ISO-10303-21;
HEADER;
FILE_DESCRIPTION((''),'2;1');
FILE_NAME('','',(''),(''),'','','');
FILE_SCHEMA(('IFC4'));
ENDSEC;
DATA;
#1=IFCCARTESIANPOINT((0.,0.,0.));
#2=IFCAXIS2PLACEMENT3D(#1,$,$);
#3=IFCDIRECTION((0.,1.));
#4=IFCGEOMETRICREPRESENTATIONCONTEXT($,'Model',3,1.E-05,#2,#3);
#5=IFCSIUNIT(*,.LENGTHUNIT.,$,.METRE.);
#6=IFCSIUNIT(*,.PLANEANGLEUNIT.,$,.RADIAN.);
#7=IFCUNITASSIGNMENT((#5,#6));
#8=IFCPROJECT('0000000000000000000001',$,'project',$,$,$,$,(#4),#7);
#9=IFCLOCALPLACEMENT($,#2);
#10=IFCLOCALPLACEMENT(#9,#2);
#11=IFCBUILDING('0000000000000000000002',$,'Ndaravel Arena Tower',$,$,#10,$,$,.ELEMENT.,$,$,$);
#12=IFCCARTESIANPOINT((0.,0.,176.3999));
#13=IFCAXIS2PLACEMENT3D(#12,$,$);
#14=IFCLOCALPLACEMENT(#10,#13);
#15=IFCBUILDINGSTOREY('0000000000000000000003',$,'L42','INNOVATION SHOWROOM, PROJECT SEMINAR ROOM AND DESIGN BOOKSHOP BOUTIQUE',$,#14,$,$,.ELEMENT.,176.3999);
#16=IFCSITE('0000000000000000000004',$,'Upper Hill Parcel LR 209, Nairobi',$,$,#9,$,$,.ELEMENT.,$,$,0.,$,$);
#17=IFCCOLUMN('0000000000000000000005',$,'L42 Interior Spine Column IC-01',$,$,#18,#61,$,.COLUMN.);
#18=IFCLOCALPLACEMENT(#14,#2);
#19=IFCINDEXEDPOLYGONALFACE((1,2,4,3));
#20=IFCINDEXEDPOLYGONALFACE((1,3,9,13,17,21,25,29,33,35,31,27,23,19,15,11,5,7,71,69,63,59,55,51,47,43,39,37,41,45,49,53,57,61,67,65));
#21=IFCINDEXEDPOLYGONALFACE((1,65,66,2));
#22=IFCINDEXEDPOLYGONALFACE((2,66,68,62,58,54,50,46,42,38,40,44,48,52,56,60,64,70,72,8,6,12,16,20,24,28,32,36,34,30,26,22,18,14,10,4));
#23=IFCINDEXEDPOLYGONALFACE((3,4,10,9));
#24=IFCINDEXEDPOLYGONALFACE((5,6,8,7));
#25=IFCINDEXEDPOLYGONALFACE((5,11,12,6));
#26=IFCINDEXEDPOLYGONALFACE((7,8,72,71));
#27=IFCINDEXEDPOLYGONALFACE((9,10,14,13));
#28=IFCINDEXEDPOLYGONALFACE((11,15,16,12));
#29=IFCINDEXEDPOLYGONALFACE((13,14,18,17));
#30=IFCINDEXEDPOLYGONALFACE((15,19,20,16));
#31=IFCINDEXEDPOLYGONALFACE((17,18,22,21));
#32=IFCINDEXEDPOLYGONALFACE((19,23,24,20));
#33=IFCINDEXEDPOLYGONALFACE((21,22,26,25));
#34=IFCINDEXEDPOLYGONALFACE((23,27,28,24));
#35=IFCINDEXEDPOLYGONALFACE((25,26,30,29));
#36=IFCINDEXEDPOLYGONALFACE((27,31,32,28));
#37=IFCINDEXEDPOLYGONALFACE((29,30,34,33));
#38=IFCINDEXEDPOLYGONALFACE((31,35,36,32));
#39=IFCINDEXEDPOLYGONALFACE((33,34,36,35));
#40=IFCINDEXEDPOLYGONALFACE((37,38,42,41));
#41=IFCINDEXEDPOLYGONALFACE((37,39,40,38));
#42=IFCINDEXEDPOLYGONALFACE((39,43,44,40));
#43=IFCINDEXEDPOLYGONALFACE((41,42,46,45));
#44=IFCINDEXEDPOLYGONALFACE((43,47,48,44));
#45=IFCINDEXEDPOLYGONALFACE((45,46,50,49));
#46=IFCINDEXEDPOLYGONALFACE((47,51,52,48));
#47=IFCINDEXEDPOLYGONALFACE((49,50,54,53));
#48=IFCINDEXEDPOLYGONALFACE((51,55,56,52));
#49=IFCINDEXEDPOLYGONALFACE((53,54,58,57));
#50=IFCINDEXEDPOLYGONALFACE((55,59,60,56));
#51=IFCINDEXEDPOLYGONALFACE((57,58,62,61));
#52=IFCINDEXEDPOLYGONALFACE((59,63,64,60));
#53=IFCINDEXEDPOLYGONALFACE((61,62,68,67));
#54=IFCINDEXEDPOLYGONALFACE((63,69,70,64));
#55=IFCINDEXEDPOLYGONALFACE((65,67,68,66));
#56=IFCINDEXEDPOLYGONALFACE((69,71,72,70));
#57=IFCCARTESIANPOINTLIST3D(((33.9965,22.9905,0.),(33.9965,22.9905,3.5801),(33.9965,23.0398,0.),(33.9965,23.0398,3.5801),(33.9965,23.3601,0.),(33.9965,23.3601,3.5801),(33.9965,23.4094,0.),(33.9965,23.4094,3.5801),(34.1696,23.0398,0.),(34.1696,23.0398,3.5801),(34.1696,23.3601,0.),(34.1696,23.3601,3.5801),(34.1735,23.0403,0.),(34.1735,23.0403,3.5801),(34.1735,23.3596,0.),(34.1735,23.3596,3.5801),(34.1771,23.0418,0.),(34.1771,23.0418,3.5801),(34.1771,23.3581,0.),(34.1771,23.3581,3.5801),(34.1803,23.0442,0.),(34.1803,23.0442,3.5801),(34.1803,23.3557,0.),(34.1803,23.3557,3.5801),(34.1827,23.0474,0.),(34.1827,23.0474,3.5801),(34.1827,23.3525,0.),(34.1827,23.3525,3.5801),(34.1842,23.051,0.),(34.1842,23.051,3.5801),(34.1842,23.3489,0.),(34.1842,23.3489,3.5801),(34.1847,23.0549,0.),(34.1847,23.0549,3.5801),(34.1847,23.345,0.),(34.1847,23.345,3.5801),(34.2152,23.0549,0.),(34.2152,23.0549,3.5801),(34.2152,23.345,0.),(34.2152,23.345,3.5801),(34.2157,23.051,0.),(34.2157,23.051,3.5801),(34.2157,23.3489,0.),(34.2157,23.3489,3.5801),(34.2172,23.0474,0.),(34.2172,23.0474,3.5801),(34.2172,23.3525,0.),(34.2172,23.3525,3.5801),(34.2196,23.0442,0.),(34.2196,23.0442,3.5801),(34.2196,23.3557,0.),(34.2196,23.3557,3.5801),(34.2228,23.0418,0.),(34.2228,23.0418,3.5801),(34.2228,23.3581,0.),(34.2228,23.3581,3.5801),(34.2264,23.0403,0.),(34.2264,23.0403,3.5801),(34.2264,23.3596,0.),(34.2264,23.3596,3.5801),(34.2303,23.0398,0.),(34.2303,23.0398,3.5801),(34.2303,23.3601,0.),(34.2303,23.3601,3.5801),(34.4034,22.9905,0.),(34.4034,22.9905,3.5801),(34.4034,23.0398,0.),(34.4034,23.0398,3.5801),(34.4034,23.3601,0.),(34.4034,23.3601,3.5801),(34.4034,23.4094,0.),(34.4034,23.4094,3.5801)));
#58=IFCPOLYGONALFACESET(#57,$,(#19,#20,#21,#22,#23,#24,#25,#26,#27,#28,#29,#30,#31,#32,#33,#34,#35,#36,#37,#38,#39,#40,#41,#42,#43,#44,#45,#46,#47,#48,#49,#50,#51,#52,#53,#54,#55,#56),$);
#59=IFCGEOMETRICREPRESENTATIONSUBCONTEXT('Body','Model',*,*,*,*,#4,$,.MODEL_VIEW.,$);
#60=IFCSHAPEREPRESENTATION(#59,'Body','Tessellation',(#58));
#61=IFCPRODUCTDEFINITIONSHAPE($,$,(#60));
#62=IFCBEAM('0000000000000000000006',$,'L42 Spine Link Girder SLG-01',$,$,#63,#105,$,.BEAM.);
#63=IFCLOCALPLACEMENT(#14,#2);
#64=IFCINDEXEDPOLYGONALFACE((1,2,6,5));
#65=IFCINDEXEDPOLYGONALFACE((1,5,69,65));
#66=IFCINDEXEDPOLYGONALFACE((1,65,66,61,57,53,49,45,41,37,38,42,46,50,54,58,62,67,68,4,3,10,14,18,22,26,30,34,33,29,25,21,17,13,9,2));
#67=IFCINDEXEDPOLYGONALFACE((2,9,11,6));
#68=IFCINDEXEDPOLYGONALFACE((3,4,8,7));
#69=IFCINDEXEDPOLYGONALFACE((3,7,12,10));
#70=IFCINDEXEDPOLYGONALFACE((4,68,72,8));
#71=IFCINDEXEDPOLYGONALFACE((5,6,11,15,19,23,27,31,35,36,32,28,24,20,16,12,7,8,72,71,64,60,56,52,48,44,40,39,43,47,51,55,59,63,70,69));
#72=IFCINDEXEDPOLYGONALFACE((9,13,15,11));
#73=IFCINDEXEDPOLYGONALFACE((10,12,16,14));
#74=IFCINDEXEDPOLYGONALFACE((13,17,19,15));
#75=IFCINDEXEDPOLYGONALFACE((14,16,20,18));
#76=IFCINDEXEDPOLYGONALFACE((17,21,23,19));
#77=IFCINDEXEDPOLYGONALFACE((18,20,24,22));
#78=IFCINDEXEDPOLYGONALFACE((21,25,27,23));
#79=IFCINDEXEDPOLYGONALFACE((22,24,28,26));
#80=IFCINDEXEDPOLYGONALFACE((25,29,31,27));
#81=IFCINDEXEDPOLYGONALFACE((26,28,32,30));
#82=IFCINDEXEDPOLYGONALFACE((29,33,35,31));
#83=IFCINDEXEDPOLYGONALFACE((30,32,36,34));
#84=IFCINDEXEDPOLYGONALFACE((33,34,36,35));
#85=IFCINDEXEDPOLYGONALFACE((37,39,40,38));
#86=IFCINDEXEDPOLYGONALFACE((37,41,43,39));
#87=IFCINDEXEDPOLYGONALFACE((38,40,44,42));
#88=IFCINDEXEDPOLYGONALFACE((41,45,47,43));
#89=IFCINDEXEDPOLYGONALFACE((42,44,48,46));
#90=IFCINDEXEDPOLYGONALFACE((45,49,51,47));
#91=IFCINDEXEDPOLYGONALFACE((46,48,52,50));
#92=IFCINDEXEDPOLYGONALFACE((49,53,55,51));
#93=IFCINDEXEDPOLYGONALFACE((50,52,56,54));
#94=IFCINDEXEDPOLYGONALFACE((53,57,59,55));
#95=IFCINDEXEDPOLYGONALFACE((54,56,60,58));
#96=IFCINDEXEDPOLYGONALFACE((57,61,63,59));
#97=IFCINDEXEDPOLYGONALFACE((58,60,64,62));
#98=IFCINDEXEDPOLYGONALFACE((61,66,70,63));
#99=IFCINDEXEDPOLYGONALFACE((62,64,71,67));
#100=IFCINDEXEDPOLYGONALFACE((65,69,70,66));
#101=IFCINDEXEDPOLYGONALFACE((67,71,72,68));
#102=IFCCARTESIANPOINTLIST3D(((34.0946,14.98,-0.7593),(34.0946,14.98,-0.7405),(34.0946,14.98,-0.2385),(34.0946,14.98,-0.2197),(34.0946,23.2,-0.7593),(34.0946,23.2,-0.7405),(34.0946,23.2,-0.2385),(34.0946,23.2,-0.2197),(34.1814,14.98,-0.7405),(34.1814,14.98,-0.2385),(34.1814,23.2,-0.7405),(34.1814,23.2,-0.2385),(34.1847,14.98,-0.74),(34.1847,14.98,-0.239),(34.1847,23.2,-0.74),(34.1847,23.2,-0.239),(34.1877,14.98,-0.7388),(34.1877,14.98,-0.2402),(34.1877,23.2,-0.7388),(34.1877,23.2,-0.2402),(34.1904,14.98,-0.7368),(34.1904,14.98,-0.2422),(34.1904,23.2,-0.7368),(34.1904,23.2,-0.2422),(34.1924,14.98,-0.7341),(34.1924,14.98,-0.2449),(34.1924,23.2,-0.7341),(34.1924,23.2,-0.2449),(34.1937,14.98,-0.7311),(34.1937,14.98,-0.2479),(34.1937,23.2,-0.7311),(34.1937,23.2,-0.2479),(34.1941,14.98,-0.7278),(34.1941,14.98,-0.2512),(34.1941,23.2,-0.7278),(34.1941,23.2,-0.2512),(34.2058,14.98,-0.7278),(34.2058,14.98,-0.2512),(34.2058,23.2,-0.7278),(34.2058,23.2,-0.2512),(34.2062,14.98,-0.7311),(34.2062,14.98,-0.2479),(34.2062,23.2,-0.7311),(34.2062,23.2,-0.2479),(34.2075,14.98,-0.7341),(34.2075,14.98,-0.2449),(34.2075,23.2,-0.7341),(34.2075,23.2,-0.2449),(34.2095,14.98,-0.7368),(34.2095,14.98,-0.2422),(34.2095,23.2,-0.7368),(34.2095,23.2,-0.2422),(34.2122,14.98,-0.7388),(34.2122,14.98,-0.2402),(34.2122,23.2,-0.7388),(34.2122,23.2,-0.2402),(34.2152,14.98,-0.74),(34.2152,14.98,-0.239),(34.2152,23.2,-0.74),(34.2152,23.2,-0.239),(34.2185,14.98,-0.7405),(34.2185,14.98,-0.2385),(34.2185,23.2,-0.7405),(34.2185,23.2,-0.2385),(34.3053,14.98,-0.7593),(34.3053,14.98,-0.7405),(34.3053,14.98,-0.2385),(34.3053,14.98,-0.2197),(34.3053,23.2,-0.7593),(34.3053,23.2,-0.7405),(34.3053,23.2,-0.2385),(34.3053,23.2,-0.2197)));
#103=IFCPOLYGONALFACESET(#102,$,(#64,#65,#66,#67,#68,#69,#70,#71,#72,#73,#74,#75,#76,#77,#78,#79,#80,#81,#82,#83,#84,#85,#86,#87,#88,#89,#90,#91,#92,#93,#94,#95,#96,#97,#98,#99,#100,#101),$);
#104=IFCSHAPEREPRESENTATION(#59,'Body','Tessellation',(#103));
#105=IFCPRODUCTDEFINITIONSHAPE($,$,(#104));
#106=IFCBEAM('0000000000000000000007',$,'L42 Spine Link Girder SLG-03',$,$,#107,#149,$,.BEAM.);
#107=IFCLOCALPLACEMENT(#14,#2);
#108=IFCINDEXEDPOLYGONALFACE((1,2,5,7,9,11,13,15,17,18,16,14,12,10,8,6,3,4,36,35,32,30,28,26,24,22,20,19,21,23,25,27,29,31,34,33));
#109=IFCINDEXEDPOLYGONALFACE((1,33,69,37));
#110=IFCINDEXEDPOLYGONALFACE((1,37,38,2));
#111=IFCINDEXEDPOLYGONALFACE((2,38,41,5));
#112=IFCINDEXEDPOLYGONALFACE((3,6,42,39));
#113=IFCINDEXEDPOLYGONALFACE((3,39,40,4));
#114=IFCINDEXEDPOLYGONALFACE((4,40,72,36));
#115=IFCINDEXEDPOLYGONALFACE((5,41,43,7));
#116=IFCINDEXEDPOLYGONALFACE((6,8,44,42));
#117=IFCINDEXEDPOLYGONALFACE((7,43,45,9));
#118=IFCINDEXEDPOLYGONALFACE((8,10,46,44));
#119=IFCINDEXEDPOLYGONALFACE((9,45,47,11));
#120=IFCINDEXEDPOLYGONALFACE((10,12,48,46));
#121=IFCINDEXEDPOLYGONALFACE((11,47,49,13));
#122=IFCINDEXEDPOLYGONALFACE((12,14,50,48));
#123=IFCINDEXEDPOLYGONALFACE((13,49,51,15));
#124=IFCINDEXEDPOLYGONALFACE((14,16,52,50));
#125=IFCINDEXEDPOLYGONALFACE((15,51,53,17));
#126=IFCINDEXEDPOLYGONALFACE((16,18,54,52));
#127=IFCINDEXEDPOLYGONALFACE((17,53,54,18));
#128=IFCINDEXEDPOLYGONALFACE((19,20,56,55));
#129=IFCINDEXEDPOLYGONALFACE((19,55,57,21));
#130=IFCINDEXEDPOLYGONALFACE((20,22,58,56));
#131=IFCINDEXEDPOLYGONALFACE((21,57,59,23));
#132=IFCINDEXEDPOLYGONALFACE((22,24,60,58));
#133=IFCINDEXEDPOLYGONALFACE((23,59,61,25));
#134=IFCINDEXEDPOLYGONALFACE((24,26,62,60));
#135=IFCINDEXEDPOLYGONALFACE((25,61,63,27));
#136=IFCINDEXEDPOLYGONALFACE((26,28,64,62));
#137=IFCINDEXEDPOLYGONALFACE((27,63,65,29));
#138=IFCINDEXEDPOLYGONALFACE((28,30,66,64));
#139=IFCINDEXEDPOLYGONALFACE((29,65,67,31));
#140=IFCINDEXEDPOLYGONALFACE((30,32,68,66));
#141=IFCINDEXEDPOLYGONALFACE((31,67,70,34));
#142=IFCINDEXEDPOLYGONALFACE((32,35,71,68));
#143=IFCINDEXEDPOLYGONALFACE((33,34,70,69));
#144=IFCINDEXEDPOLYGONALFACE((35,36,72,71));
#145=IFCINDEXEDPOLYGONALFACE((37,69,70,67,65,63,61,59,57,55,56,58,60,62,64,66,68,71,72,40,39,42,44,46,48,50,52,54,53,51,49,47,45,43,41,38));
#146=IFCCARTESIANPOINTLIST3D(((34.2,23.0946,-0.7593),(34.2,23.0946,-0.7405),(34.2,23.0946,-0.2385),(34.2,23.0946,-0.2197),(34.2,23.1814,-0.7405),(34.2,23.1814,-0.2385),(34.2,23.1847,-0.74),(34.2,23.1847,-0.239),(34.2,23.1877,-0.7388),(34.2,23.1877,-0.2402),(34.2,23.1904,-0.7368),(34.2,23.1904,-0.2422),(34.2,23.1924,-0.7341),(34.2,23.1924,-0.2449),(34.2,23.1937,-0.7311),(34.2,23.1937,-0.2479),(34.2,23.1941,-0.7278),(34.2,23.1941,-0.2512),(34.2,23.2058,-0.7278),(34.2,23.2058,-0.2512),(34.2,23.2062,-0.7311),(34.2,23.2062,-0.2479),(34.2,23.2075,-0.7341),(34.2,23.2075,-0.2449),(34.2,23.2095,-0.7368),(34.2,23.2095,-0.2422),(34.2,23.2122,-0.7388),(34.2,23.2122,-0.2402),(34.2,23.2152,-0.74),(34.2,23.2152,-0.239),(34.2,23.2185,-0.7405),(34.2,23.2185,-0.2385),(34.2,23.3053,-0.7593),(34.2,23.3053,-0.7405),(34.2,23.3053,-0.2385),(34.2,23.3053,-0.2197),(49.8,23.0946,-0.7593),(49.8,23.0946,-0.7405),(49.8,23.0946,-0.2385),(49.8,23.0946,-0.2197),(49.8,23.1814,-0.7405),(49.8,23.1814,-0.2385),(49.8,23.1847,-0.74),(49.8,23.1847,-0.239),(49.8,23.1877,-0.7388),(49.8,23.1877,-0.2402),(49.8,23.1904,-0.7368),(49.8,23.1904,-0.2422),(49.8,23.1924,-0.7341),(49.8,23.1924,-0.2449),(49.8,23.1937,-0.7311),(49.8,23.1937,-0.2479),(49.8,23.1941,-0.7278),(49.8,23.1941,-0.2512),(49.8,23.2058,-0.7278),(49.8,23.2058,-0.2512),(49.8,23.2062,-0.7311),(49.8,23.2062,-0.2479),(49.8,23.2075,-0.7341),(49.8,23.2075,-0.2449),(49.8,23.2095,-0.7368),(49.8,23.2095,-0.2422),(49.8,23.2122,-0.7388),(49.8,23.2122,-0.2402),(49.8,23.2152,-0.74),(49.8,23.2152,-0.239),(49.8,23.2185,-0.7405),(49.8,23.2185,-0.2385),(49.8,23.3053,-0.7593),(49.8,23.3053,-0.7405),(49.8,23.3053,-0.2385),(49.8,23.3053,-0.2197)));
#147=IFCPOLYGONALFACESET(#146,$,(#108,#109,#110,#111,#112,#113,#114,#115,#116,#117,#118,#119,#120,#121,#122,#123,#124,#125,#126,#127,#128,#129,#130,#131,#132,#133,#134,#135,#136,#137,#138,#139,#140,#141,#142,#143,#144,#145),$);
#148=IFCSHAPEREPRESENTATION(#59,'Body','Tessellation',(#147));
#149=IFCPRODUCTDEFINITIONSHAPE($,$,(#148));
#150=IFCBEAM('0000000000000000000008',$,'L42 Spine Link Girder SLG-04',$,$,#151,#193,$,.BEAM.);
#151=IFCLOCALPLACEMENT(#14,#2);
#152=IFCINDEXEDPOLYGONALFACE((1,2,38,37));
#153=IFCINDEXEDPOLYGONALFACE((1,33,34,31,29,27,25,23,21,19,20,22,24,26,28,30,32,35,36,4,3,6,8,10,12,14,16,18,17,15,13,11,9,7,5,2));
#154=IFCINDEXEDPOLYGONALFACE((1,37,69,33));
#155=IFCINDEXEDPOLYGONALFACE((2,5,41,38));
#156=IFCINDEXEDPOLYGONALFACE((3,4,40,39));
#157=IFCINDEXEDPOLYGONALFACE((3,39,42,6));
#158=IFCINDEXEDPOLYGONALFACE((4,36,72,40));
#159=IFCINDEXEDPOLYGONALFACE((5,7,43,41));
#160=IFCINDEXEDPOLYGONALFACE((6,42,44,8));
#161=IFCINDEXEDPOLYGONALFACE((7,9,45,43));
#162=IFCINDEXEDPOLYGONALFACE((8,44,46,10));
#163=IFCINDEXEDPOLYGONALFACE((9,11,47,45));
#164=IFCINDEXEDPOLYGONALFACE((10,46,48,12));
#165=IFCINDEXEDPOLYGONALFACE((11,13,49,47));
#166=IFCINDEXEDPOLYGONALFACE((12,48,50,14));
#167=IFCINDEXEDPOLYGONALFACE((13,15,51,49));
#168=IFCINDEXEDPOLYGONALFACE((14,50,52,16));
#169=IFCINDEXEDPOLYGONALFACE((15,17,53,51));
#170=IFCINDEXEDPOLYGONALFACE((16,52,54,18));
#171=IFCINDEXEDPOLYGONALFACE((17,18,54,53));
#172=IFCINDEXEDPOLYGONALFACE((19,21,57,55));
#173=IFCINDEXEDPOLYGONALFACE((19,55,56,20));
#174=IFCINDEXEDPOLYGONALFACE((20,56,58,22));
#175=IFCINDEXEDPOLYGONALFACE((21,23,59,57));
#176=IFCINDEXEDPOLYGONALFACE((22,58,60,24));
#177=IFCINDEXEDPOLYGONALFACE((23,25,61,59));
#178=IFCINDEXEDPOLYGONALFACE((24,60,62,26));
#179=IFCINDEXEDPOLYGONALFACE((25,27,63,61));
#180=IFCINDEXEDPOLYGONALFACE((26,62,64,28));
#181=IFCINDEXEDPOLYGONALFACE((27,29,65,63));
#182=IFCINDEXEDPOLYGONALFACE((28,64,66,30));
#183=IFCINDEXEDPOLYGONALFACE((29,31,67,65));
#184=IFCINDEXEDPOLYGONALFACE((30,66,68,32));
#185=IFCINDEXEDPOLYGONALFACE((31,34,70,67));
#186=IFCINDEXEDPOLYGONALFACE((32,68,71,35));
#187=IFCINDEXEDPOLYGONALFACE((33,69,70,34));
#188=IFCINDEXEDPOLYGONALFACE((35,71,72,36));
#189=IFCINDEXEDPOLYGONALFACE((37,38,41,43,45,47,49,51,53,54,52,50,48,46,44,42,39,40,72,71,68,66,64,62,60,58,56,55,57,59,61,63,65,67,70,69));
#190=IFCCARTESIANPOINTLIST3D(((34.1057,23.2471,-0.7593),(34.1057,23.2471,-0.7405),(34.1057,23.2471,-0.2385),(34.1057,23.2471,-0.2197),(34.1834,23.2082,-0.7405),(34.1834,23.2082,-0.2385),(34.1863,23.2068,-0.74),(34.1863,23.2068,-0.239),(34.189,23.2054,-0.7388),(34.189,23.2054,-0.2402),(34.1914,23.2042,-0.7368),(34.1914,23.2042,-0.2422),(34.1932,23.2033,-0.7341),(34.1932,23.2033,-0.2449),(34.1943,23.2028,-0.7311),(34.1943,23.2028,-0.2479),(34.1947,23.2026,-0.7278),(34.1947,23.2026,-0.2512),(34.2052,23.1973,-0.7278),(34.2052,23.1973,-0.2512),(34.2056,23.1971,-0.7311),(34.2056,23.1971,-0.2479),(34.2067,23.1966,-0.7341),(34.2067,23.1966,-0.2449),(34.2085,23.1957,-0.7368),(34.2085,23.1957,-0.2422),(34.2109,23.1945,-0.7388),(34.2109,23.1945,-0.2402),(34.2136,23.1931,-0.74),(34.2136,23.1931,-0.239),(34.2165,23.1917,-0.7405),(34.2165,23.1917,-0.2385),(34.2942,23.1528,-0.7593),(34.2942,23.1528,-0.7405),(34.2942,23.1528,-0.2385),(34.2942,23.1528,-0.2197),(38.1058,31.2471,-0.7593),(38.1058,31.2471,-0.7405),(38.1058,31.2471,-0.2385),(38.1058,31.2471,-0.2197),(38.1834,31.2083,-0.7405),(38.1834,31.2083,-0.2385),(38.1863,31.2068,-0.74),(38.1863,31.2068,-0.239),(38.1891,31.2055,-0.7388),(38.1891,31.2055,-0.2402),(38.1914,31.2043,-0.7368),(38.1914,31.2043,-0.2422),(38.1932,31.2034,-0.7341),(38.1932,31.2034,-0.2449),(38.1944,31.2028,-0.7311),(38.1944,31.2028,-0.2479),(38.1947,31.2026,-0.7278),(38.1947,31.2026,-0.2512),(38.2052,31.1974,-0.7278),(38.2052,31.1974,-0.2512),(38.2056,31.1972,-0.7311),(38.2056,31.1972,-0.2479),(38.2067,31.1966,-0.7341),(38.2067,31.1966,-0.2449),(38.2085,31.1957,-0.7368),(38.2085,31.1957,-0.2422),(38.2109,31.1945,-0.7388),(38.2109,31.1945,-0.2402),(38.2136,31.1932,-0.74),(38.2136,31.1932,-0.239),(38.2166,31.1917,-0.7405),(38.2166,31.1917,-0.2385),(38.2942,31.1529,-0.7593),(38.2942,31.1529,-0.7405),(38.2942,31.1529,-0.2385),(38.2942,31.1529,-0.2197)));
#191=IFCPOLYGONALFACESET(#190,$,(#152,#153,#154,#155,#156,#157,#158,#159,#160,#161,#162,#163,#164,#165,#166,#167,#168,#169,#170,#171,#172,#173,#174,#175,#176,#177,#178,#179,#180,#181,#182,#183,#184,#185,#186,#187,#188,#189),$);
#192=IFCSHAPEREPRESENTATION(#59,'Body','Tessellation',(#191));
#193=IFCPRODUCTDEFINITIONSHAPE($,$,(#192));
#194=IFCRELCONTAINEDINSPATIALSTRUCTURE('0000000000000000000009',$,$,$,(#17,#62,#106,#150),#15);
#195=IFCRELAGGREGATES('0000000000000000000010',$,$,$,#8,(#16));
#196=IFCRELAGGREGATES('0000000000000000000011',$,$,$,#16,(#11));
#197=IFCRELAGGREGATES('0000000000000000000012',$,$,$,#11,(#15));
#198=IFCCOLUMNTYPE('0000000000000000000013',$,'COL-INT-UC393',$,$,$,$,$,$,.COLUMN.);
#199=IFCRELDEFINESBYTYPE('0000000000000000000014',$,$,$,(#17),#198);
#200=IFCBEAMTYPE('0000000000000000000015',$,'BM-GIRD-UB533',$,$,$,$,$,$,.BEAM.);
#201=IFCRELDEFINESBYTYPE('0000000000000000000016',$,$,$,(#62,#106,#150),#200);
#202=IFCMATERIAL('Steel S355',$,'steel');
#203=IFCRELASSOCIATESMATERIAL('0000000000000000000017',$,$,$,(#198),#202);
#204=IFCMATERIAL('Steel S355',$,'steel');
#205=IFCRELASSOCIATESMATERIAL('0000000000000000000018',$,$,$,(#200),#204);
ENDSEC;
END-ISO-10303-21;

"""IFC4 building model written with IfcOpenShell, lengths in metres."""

from ifc_helpers import new_model, si_unit, direction, frame, origin, origin_2d, place, context, subcontext, project, spatial, i_section, extrude, material, material_profile, profile_set, type_object, element, save


model = new_model("IFC4")

# Units and contexts
model_context = context("Model", 3, precision=1e-05, world=origin(), true_north=direction((0.0, 1.0)))
body_context = subcontext(model_context, "Body", "Model", "MODEL_VIEW")
ifc_project = project(units=[si_unit("LENGTHUNIT", "METRE"), si_unit("PLANEANGLEUNIT", "RADIAN")], contexts=[model_context])

# Site, building, storey
site_placement = place(None, origin())
site = spatial("IfcSite", under=ifc_project, at=site_placement, Name="Upper Hill Parcel LR 209, Nairobi", CompositionType="ELEMENT", RefElevation=0.0)
building_placement = place(site_placement, origin())
building = spatial("IfcBuilding", under=site, at=building_placement, Name="Ndaravel Arena Tower", CompositionType="ELEMENT")
storey_placement = place(building_placement, frame((0.0, 0.0, 176.3999)))
storey = spatial("IfcBuildingStorey", under=building, at=storey_placement, Name="L42", Description="INNOVATION SHOWROOM, PROJECT SEMINAR ROOM AND DESIGN BOOKSHOP BOUTIQUE", CompositionType="ELEMENT", Elevation=176.3999)

# Column
ifc_material_1 = material(Name="Steel S355", Category="steel")
ifc_material_profile_1 = material_profile(ifc_material_1, i_section(OverallWidth=0.407, OverallDepth=0.4189, WebThickness=0.0305, FlangeThickness=0.0493, FilletRadius=0.0151, at=origin_2d()), Name="UC 356x406x393")
ifc_profile_set_1 = profile_set([ifc_material_profile_1], Name="Steel S355")
column_type = type_object("IfcColumnType", Name="COL-INT-UC393", PredefinedType="COLUMN", material=ifc_profile_set_1)
column_placement = place(storey_placement, frame((34.2, 23.2, 0.0), z_axis=(0.0, 0.0, 1.0), x_axis=(1.0, 0.0, 0.0)))
element("IfcColumn", 1, at=column_placement, inside=storey, type_object=column_type, Name="L42 Interior Spine Column IC-01", PredefinedType="COLUMN", context=body_context, shape_type="SweptSolid", body=[
    extrude(i_section(OverallWidth=0.407, OverallDepth=0.4189, WebThickness=0.0305, FlangeThickness=0.0493, FilletRadius=0.0151, at=origin_2d()), origin(), (0.0, 0.0, 1.0), 3.5801),
])

# Beams
ifc_material_2 = material(Name="Steel S355", Category="steel")
ifc_material_profile_2 = material_profile(ifc_material_2, i_section(OverallWidth=0.2107, OverallDepth=0.5396, WebThickness=0.0117, FlangeThickness=0.0188, FilletRadius=0.0127, at=origin_2d()), Name="UB 533x210x109")
ifc_profile_set_2 = profile_set([ifc_material_profile_2], Name="Steel S355")
beam_type = type_object("IfcBeamType", Name="BM-GIRD-UB533", PredefinedType="BEAM", material=ifc_profile_set_2)
beam_1_placement = place(storey_placement, frame((34.2, 14.98, -0.4895), z_axis=(0.0, 1.0, 0.0), x_axis=(-1.0, 0.0, 0.0)))
element("IfcBeam", 2, at=beam_1_placement, inside=storey, type_object=beam_type, Name="L42 Spine Link Girder SLG-01", PredefinedType="BEAM", context=body_context, shape_type="SweptSolid", body=[
    extrude(i_section(OverallWidth=0.2107, OverallDepth=0.5396, WebThickness=0.0117, FlangeThickness=0.0188, FilletRadius=0.0127, at=origin_2d()), origin(), (0.0, 0.0, 1.0), 8.22),
])
beam_2_placement = place(storey_placement, frame((34.2, 23.2, -0.4895), z_axis=(1.0, 0.0, 0.0), x_axis=(0.0, 1.0, 0.0)))
element("IfcBeam", 3, at=beam_2_placement, inside=storey, type_object=beam_type, Name="L42 Spine Link Girder SLG-03", PredefinedType="BEAM", context=body_context, shape_type="SweptSolid", body=[
    extrude(i_section(OverallWidth=0.2107, OverallDepth=0.5396, WebThickness=0.0117, FlangeThickness=0.0188, FilletRadius=0.0127, at=origin_2d()), origin(), (0.0, 0.0, 1.0), 15.6001),
])
beam_3_placement = place(storey_placement, frame((34.2, 23.2, -0.4895), z_axis=(0.447214, 0.894427, 0.0), x_axis=(-0.894427, 0.447214, 0.0)))
element("IfcBeam", 4, at=beam_3_placement, inside=storey, type_object=beam_type, Name="L42 Spine Link Girder SLG-04", PredefinedType="BEAM", context=body_context, shape_type="SweptSolid", body=[
    extrude(i_section(OverallWidth=0.2107, OverallDepth=0.5396, WebThickness=0.0117, FlangeThickness=0.0188, FilletRadius=0.0127, at=origin_2d()), origin(), (0.0, 0.0, 1.0), 8.9443),
])

save(model, "model.ifc")
